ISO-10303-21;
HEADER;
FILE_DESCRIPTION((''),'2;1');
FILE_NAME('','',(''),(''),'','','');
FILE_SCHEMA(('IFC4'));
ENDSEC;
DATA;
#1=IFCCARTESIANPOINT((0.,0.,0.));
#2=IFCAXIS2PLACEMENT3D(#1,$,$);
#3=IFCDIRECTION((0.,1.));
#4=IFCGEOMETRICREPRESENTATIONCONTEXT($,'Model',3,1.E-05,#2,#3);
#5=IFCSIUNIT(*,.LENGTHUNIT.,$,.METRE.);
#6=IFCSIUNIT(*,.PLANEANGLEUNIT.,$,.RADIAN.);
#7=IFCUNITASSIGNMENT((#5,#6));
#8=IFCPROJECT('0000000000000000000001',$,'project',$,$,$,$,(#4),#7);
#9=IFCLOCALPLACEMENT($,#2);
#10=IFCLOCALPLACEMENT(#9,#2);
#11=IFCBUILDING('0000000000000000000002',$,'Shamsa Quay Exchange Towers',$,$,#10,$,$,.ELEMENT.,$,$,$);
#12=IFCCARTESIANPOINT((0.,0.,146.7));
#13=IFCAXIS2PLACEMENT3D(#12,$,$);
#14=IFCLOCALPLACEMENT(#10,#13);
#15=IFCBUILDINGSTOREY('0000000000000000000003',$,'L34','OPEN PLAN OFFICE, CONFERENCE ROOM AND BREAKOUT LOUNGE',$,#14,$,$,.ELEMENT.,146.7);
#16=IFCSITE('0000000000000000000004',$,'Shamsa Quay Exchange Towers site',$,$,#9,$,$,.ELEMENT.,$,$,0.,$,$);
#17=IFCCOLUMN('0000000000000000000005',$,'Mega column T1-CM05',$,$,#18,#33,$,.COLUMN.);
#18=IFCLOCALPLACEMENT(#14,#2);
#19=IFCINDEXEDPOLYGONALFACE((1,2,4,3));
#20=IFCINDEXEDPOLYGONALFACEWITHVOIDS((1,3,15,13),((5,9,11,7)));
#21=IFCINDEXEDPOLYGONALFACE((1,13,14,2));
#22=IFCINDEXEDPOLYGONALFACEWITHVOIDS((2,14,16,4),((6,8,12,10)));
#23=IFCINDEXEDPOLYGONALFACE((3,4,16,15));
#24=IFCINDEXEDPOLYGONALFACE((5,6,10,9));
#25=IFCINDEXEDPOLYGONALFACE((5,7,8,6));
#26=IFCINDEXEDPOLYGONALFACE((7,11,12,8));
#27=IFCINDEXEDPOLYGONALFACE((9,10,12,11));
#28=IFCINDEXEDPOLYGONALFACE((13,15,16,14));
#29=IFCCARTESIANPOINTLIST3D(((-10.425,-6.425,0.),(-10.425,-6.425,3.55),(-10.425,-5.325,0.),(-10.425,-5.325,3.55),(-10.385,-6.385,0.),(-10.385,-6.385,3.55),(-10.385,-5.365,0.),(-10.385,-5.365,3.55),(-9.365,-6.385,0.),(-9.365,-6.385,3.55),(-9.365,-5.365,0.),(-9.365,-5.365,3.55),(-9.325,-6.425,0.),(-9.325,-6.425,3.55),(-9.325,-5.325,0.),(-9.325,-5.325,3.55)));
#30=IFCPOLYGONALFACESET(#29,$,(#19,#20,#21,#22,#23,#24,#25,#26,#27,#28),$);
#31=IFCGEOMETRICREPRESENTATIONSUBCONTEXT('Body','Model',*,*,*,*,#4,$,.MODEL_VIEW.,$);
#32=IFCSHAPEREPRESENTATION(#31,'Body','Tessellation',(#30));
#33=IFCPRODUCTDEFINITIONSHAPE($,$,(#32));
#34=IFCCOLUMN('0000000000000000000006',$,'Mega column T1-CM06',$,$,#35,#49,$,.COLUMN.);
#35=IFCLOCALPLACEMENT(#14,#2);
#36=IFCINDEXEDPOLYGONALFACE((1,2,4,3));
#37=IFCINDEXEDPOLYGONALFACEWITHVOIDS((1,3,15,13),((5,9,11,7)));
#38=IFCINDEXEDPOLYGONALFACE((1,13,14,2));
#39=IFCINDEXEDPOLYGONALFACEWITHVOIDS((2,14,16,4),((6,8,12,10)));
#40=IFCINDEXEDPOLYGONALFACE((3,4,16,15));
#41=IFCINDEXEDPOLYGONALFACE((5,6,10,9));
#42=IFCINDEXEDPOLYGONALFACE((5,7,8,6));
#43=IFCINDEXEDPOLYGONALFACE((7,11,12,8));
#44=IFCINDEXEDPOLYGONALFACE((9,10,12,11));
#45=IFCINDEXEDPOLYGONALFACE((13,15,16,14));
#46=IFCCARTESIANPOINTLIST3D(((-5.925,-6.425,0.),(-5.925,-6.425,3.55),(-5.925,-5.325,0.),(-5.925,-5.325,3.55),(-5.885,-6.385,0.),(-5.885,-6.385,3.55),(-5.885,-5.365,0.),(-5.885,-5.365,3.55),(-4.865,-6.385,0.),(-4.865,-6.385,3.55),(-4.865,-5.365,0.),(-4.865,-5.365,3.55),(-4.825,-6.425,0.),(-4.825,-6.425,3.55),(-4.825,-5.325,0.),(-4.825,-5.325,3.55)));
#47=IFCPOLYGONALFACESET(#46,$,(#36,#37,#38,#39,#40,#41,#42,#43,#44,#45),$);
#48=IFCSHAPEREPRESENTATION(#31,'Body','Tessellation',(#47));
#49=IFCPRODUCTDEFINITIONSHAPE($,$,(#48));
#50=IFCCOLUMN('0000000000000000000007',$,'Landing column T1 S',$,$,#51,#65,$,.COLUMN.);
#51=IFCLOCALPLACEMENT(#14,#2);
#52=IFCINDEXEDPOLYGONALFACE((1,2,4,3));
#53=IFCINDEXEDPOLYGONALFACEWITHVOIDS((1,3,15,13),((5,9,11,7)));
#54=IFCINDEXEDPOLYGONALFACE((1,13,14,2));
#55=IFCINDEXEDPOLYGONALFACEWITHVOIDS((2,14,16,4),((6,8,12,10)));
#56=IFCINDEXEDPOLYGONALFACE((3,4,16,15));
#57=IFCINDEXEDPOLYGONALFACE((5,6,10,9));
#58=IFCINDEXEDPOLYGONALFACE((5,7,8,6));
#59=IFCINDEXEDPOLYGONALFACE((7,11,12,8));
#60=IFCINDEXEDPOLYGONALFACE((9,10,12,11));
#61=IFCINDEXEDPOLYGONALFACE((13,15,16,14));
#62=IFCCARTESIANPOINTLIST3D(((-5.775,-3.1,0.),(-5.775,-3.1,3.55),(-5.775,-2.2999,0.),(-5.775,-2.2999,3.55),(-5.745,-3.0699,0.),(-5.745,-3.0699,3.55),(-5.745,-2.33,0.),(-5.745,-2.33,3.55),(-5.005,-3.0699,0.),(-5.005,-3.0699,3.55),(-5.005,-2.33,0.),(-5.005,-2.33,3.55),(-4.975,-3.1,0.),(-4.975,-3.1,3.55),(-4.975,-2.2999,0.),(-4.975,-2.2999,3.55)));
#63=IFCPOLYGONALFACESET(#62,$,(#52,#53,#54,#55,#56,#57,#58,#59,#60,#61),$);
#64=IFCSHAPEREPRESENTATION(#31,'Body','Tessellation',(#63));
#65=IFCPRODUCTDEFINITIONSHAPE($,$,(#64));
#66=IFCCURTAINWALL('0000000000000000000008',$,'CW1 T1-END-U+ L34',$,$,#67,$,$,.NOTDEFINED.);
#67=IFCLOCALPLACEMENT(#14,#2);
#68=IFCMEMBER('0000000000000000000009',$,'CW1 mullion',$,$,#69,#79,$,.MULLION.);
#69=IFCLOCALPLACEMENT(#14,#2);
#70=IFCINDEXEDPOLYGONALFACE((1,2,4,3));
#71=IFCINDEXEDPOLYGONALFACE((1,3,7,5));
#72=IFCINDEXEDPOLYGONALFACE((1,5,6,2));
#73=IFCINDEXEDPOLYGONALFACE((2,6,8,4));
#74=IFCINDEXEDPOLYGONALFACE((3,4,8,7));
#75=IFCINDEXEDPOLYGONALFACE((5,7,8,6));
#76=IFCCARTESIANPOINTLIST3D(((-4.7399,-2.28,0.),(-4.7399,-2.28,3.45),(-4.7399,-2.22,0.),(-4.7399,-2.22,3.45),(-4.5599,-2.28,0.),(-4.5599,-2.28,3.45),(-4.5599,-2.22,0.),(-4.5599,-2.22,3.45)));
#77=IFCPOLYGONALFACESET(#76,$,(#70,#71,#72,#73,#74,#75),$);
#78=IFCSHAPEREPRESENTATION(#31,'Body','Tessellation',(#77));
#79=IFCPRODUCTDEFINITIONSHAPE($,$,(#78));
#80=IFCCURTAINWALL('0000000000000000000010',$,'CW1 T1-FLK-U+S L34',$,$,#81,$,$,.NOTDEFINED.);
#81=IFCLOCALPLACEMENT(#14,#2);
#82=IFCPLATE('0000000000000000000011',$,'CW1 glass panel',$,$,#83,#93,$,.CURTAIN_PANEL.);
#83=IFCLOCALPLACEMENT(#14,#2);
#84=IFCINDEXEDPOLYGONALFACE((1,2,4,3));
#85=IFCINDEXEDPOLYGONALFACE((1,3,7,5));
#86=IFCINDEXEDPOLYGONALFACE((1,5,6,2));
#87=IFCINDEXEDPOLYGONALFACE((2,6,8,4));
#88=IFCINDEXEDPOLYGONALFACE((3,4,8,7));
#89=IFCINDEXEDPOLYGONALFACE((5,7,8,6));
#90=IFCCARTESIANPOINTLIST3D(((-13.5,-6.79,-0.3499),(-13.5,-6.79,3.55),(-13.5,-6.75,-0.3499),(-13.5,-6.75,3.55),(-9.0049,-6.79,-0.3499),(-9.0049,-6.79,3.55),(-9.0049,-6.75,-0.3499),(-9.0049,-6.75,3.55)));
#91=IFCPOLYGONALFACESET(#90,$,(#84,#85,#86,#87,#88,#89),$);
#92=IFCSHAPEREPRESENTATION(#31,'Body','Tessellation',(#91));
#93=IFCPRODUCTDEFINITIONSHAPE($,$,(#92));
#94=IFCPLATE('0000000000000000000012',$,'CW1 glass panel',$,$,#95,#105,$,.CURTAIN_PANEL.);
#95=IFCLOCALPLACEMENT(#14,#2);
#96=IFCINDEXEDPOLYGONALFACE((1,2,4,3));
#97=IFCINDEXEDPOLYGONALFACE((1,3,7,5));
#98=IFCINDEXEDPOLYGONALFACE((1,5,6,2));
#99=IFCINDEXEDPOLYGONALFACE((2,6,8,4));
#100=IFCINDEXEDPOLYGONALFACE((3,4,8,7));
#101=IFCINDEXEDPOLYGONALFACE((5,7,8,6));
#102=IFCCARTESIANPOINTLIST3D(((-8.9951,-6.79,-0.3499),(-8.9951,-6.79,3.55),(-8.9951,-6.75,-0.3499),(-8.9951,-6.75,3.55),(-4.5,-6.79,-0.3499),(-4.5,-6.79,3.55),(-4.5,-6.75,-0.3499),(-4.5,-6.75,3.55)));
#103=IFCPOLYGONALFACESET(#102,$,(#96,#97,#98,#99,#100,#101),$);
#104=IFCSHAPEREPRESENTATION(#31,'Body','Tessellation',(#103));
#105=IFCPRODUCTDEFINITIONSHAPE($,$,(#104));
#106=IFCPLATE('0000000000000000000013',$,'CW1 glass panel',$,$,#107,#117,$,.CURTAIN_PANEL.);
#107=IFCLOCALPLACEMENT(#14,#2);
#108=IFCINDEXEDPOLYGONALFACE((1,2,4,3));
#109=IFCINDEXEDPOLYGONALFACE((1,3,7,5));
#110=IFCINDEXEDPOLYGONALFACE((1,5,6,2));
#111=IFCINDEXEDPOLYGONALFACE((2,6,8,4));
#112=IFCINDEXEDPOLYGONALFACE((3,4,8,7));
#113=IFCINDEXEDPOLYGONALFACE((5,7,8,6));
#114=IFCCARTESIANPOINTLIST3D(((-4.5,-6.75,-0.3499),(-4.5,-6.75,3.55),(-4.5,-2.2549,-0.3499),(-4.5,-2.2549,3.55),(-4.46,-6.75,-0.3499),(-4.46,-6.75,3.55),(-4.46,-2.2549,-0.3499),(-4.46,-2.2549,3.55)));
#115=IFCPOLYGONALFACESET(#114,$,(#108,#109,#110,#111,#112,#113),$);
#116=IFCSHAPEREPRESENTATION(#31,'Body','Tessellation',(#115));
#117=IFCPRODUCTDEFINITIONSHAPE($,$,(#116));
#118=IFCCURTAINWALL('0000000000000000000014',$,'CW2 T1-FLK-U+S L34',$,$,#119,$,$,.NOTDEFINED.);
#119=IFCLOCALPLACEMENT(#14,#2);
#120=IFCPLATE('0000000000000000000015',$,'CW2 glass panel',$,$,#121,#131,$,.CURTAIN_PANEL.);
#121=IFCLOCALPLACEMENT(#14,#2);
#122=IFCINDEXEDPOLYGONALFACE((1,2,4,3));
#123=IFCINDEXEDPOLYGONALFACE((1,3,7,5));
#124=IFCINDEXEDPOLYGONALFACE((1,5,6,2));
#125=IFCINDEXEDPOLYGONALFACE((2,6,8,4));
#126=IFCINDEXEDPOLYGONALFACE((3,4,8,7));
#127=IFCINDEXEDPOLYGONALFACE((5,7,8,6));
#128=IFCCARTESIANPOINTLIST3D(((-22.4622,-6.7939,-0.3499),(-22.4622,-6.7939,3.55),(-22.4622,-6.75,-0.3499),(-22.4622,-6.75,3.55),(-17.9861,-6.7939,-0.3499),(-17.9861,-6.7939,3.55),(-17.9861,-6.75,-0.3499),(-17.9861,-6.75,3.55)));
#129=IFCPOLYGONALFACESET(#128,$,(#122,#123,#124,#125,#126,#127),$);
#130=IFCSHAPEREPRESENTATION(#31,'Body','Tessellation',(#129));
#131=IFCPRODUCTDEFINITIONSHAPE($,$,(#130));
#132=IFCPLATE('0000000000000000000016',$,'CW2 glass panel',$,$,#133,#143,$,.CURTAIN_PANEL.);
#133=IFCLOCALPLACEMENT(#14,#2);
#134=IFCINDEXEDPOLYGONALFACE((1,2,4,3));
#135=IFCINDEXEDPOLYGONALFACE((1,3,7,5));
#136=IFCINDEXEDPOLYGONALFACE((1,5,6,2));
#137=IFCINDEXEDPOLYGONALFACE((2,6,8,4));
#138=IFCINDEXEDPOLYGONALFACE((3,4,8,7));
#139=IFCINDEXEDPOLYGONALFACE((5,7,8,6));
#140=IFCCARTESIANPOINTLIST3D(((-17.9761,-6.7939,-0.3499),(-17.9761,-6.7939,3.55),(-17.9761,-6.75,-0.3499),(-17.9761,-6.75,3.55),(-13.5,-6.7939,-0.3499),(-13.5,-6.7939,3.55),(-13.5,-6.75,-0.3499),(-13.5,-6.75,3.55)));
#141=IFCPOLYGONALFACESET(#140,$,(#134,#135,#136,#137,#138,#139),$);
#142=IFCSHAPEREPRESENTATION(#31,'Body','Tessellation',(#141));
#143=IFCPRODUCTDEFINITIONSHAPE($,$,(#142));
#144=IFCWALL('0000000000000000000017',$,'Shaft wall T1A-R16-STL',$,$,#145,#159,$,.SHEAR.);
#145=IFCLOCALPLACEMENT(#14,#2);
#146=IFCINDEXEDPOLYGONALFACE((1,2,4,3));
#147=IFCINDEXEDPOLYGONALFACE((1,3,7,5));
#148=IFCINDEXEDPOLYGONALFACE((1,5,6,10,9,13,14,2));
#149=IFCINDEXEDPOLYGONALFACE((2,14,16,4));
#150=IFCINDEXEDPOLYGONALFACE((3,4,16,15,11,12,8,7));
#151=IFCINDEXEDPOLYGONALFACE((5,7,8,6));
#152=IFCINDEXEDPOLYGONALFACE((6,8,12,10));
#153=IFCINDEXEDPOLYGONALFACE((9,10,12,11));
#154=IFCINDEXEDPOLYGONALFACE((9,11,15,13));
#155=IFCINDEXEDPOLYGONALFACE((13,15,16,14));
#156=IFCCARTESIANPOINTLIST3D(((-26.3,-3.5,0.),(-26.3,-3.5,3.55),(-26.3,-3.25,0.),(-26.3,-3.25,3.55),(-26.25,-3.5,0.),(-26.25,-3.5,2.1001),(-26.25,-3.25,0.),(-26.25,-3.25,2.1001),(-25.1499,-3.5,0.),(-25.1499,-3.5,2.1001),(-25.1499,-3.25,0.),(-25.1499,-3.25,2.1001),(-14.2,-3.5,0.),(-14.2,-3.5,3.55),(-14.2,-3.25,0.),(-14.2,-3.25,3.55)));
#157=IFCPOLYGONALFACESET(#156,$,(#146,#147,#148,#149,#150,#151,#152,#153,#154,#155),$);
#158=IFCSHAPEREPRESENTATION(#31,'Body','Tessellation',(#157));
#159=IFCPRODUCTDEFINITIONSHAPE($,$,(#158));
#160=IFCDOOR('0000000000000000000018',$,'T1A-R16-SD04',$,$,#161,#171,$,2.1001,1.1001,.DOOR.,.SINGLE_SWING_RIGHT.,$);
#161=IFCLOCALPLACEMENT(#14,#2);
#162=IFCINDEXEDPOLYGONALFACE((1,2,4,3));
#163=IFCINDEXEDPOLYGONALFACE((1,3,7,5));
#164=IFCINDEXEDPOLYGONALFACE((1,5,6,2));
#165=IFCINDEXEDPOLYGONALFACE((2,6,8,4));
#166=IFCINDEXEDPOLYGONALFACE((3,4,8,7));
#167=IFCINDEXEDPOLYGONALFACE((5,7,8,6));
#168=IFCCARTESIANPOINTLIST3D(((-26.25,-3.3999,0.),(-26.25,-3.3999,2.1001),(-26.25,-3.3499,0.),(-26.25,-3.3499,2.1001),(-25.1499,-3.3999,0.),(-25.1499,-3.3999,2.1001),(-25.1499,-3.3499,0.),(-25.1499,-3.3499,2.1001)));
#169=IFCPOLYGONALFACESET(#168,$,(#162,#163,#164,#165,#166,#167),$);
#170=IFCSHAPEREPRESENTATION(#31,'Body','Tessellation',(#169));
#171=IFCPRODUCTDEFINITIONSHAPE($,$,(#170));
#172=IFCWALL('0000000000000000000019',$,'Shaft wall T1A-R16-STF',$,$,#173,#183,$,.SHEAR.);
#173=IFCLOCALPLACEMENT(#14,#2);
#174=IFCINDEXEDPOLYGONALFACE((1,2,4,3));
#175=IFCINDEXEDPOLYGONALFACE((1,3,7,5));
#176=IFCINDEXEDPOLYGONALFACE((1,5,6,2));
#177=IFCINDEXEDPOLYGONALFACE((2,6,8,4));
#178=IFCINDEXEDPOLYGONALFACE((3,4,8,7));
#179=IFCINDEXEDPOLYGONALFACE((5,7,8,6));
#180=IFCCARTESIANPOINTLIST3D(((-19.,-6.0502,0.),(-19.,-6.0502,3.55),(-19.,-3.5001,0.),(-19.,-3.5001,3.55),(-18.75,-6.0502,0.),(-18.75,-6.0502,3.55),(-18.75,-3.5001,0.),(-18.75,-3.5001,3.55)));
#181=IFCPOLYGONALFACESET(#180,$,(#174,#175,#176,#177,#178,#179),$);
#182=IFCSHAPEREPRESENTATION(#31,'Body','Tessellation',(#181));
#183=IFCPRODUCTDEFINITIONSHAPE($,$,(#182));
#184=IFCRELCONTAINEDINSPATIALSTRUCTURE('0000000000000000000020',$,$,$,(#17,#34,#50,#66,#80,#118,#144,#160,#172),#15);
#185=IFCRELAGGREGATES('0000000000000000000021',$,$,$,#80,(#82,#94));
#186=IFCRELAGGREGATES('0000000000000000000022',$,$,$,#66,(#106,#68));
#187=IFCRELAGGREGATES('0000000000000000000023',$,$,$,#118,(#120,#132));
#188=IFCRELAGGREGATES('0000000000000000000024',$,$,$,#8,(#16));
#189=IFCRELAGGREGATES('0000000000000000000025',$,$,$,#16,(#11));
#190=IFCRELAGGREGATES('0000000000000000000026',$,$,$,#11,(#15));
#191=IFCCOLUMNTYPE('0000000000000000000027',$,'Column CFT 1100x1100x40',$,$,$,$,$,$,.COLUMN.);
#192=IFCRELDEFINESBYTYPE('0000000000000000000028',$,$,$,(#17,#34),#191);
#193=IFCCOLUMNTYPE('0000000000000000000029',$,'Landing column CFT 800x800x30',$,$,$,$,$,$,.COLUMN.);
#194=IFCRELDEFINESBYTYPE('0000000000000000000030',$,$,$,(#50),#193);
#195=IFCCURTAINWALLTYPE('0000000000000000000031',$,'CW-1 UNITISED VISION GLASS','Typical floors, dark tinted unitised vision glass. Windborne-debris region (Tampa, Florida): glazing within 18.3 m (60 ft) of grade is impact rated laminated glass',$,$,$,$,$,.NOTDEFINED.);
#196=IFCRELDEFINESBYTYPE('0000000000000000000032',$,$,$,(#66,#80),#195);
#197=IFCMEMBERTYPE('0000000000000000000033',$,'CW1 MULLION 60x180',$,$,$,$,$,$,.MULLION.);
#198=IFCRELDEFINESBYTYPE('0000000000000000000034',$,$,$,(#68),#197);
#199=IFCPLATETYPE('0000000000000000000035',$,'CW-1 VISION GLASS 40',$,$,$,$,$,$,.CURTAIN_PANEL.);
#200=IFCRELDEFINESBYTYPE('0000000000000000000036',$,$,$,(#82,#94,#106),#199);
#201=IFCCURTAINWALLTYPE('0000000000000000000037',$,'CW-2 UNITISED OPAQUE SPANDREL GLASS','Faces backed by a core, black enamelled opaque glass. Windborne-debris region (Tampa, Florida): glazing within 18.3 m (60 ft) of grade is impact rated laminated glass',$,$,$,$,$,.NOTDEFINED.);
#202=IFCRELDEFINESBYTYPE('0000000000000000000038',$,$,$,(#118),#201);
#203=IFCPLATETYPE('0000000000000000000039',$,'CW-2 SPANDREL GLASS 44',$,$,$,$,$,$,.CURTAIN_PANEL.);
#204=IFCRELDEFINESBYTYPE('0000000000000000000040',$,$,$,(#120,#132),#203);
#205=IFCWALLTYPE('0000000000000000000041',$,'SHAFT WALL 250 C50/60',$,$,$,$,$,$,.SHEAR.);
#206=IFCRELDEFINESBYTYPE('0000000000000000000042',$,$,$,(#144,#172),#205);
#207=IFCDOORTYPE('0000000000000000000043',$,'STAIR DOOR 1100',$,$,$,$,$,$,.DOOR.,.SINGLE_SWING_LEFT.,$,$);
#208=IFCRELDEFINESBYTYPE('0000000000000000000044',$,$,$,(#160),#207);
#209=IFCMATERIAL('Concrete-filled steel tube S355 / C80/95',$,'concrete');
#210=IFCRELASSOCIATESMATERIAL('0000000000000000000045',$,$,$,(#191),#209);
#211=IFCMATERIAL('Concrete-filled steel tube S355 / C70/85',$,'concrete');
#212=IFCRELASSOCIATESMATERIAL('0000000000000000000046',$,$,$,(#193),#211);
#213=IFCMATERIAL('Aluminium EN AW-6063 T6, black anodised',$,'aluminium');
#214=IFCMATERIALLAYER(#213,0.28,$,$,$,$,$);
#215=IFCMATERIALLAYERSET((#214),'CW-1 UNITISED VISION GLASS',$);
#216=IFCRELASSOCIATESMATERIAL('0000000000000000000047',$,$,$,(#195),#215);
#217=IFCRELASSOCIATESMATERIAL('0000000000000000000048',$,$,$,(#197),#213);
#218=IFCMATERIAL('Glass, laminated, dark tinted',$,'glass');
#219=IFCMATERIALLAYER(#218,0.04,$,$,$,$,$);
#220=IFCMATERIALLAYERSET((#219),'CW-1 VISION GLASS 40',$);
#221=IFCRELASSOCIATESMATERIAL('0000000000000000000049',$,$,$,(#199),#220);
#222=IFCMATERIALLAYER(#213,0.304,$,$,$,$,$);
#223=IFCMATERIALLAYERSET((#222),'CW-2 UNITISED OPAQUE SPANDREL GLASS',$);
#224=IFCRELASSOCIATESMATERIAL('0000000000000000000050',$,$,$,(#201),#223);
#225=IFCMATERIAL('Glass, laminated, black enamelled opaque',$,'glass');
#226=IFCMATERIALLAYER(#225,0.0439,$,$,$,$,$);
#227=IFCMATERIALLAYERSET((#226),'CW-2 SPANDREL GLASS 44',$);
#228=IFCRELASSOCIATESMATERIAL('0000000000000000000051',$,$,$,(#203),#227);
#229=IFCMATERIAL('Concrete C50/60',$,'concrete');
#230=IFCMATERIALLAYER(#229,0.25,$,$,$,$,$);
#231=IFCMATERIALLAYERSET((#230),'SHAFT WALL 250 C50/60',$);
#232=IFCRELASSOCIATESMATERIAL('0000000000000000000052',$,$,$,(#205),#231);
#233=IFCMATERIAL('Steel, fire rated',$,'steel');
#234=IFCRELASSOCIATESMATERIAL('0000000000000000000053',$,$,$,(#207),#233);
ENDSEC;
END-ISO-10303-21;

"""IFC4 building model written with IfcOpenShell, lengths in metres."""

from ifc_helpers import new_model, si_unit, direction, frame, frame_2d, origin, origin_2d, place, context, subcontext, project, spatial, rectangle, hollow_rectangle, extrude, material, layer, layer_set, material_profile, profile_set, type_object, element, fill, aggregate, save


model = new_model("IFC4")

# Units and contexts
model_context = context("Model", 3, precision=1e-05, world=origin(), true_north=direction((0.0, 1.0)))
body_context = subcontext(model_context, "Body", "Model", "MODEL_VIEW")
ifc_project = project(units=[si_unit("LENGTHUNIT", "METRE"), si_unit("PLANEANGLEUNIT", "RADIAN")], contexts=[model_context])

# Site, building, storey
site_placement = place(None, origin())
site = spatial("IfcSite", under=ifc_project, at=site_placement, Name="Shamsa Quay Exchange Towers site", CompositionType="ELEMENT", RefElevation=0.0)
building_placement = place(site_placement, origin())
building = spatial("IfcBuilding", under=site, at=building_placement, Name="Shamsa Quay Exchange Towers", CompositionType="ELEMENT")
storey_placement = place(building_placement, frame((0.0, 0.0, 146.7)))
storey = spatial("IfcBuildingStorey", under=building, at=storey_placement, Name="L34", Description="OPEN PLAN OFFICE, CONFERENCE ROOM AND BREAKOUT LOUNGE", CompositionType="ELEMENT", Elevation=146.7)

# Columns
ifc_material_1 = material(Name="Concrete-filled steel tube S355 / C80/95", Category="concrete")
ifc_material_profile_1 = material_profile(ifc_material_1, hollow_rectangle(XDim=1.1001, YDim=1.1001, WallThickness=0.04, at=origin_2d()), Name="CFT 1100x1100x40")
ifc_profile_set_1 = profile_set([ifc_material_profile_1], Name="Concrete-filled steel tube S355 / C80/95")
column_type_1 = type_object("IfcColumnType", Name="Column CFT 1100x1100x40", PredefinedType="COLUMN", material=ifc_profile_set_1)
for number, where, name in (
    (1, (-9.875, -5.875, 0.0), "Mega column T1-CM05"),
    (2, (-5.375, -5.875, 0.0), "Mega column T1-CM06"),
):
    element("IfcColumn", number, at=place(storey_placement, frame(where)), inside=storey, type_object=column_type_1, Name=name, PredefinedType="COLUMN", context=body_context, shape_type="SweptSolid", body=[
        extrude(hollow_rectangle(XDim=1.1001, YDim=1.1001, WallThickness=0.04, at=origin_2d()), origin(), (0.0, 0.0, 1.0), 3.55),
    ])
ifc_material_2 = material(Name="Concrete-filled steel tube S355 / C70/85", Category="concrete")
ifc_material_profile_2 = material_profile(ifc_material_2, hollow_rectangle(XDim=0.8, YDim=0.8, WallThickness=0.03, at=origin_2d()), Name="CFT 800x800x30")
ifc_profile_set_2 = profile_set([ifc_material_profile_2], Name="Concrete-filled steel tube S355 / C70/85")
column_type_2 = type_object("IfcColumnType", Name="Landing column CFT 800x800x30", PredefinedType="COLUMN", material=ifc_profile_set_2)
column_placement = place(storey_placement, frame((-5.375, -2.7, 0.0)))
element("IfcColumn", 3, at=column_placement, inside=storey, type_object=column_type_2, Name="Landing column T1 S", PredefinedType="COLUMN", context=body_context, shape_type="SweptSolid", body=[
    extrude(hollow_rectangle(XDim=0.8, YDim=0.8, WallThickness=0.03, at=origin_2d()), origin(), (0.0, 0.0, 1.0), 3.55),
])

# Curtain wall, member
ifc_material_3 = material(Name="Aluminium EN AW-6063 T6, black anodised", Category="aluminium")
ifc_layer_1 = layer(ifc_material_3, 0.28)
ifc_layer_set_1 = layer_set([ifc_layer_1], Name="CW-1 UNITISED VISION GLASS")
curtain_wall_type_1 = type_object("IfcCurtainWallType", Name="CW-1 UNITISED VISION GLASS", Description="Typical floors, dark tinted unitised vision glass. Windborne-debris region (Tampa, Florida): glazing within 18.3 m (60 ft) of grade is impact rated laminated glass", PredefinedType="NOTDEFINED", material=ifc_layer_set_1)
curtain_wall_1_placement = place(storey_placement, origin())
curtain_wall_1 = element("IfcCurtainWall", 4, at=curtain_wall_1_placement, inside=storey, type_object=curtain_wall_type_1, Name="CW1 T1-END-U+ L34", PredefinedType="NOTDEFINED")
ifc_material_profile_3 = material_profile(ifc_material_3, rectangle(XDim=0.1799, YDim=0.0601, at=origin_2d()), Name="MU60x180")
ifc_profile_set_3 = profile_set([ifc_material_profile_3], Name="Aluminium EN AW-6063 T6, black anodised")
member_type = type_object("IfcMemberType", Name="CW1 MULLION 60x180", PredefinedType="MULLION", material=ifc_profile_set_3)
member_placement = place(storey_placement, frame((-4.6499, -2.25, 0.0), z_axis=(0.0, 0.0, 1.0), x_axis=(-1.0, 0.0, 0.0)))
member = element("IfcMember", 5, at=member_placement, type_object=member_type, Name="CW1 mullion", PredefinedType="MULLION", context=body_context, shape_type="SweptSolid", body=[
    extrude(rectangle(XDim=0.1799, YDim=0.0601, at=origin_2d()), origin(), (0.0, 0.0, 1.0), 3.45),
])

# Curtain wall, plates
curtain_wall_2_placement = place(storey_placement, origin())
curtain_wall_2 = element("IfcCurtainWall", 6, at=curtain_wall_2_placement, inside=storey, type_object=curtain_wall_type_1, Name="CW1 T1-FLK-U+S L34", PredefinedType="NOTDEFINED")
ifc_material_4 = material(Name="Glass, laminated, dark tinted", Category="glass")
ifc_layer_2 = layer(ifc_material_4, 0.04)
ifc_layer_set_2 = layer_set([ifc_layer_2], Name="CW-1 VISION GLASS 40")
plate_type_1 = type_object("IfcPlateType", Name="CW-1 VISION GLASS 40", PredefinedType="CURTAIN_PANEL", material=ifc_layer_set_2)
plate_1_placement = place(storey_placement, frame((-11.2524, -6.77, -0.3499)))
plate_1 = element("IfcPlate", 7, at=plate_1_placement, type_object=plate_type_1, Name="CW1 glass panel", PredefinedType="CURTAIN_PANEL", context=body_context, shape_type="SweptSolid", body=[
    extrude(rectangle(XDim=4.4951, YDim=0.04, at=origin_2d()), origin(), (0.0, 0.0, 1.0), 3.8999),
])
plate_2_placement = place(storey_placement, frame((-6.7476, -6.77, -0.3499)))
plate_2 = element("IfcPlate", 8, at=plate_2_placement, type_object=plate_type_1, Name="CW1 glass panel", PredefinedType="CURTAIN_PANEL", context=body_context, shape_type="SweptSolid", body=[
    extrude(rectangle(XDim=4.4951, YDim=0.04, at=origin_2d()), origin(), (0.0, 0.0, 1.0), 3.8999),
])
aggregate(curtain_wall_2, [plate_1, plate_2])

# Plate
plate_3_placement = place(storey_placement, frame((-4.48, -4.5024, -0.3499), z_axis=(0.0, 0.0, 1.0), x_axis=(0.0, 1.0, 0.0)))
plate_3 = element("IfcPlate", 9, at=plate_3_placement, type_object=plate_type_1, Name="CW1 glass panel", PredefinedType="CURTAIN_PANEL", context=body_context, shape_type="SweptSolid", body=[
    extrude(rectangle(XDim=4.4951, YDim=0.04, at=origin_2d()), origin(), (0.0, 0.0, 1.0), 3.8999),
])
aggregate(curtain_wall_1, [plate_3, member])

# Curtain wall, plates
ifc_layer_3 = layer(ifc_material_3, 0.304)
ifc_layer_set_3 = layer_set([ifc_layer_3], Name="CW-2 UNITISED OPAQUE SPANDREL GLASS")
curtain_wall_type_2 = type_object("IfcCurtainWallType", Name="CW-2 UNITISED OPAQUE SPANDREL GLASS", Description="Faces backed by a core, black enamelled opaque glass. Windborne-debris region (Tampa, Florida): glazing within 18.3 m (60 ft) of grade is impact rated laminated glass", PredefinedType="NOTDEFINED", material=ifc_layer_set_3)
curtain_wall_3_placement = place(storey_placement, origin())
curtain_wall_3 = element("IfcCurtainWall", 10, at=curtain_wall_3_placement, inside=storey, type_object=curtain_wall_type_2, Name="CW2 T1-FLK-U+S L34", PredefinedType="NOTDEFINED")
ifc_material_5 = material(Name="Glass, laminated, black enamelled opaque", Category="glass")
ifc_layer_4 = layer(ifc_material_5, 0.0439)
ifc_layer_set_4 = layer_set([ifc_layer_4], Name="CW-2 SPANDREL GLASS 44")
plate_type_2 = type_object("IfcPlateType", Name="CW-2 SPANDREL GLASS 44", PredefinedType="CURTAIN_PANEL", material=ifc_layer_set_4)
plate_4_placement = place(storey_placement, frame((-20.2241, -6.772, -0.3499)))
plate_4 = element("IfcPlate", 11, at=plate_4_placement, type_object=plate_type_2, Name="CW2 glass panel", PredefinedType="CURTAIN_PANEL", context=body_context, shape_type="SweptSolid", body=[
    extrude(rectangle(XDim=4.4761, YDim=0.0439, at=origin_2d()), origin(), (0.0, 0.0, 1.0), 3.8999),
])
plate_5_placement = place(storey_placement, frame((-15.738, -6.772, -0.3499)))
plate_5 = element("IfcPlate", 12, at=plate_5_placement, type_object=plate_type_2, Name="CW2 glass panel", PredefinedType="CURTAIN_PANEL", context=body_context, shape_type="SweptSolid", body=[
    extrude(rectangle(XDim=4.4761, YDim=0.0439, at=origin_2d()), origin(), (0.0, 0.0, 1.0), 3.8999),
])
aggregate(curtain_wall_3, [plate_4, plate_5])

# Wall, opening, door
ifc_material_6 = material(Name="Concrete C50/60", Category="concrete")
ifc_layer_5 = layer(ifc_material_6, 0.25)
ifc_layer_set_5 = layer_set([ifc_layer_5], Name="SHAFT WALL 250 C50/60")
wall_type = type_object("IfcWallType", Name="SHAFT WALL 250 C50/60", PredefinedType="SHEAR", material=ifc_layer_set_5)
wall_1_placement = place(storey_placement, frame((-14.2, -3.375, 0.0), z_axis=(0.0, 0.0, 1.0), x_axis=(-1.0, 0.0, 0.0)))
wall_1 = element("IfcWall", 13, at=wall_1_placement, inside=storey, type_object=wall_type, Name="Shaft wall T1A-R16-STL", PredefinedType="SHEAR", context=body_context, shape_type="SweptSolid", body=[
    extrude(rectangle(XDim=12.1001, YDim=0.25, at=frame_2d((6.05, 0.0))), origin(), (0.0, 0.0, 1.0), 3.55),
])
opening_1_placement = place(wall_1_placement, frame((10.95, 0.0, 0.0)))
opening_1 = element("IfcOpeningElement", 14, at=opening_1_placement, cuts=wall_1, PredefinedType="OPENING", context=body_context, shape_type="SweptSolid", body=[
    extrude(rectangle(XDim=1.1001, YDim=2.1001, at=frame_2d((0.55, 1.05))), frame((0.0, 0.135, 0.0), z_axis=(0.0, -1.0, 0.0), x_axis=(1.0, 0.0, 0.0)), (0.0, 0.0, 1.0), 0.27),
])
ifc_material_7 = material(Name="Steel, fire rated", Category="steel")
door_type_1 = type_object("IfcDoorType", Name="STAIR DOOR 1100", OperationType="SINGLE_SWING_LEFT", PredefinedType="DOOR", material=ifc_material_7)
door_1_placement = place(opening_1_placement, origin())
door_1 = element("IfcDoor", 15, at=door_1_placement, inside=storey, type_object=door_type_1, Name="T1A-R16-SD04", OperationType="SINGLE_SWING_RIGHT", OverallHeight=2.1001, OverallWidth=1.1001, PredefinedType="DOOR", context=body_context, shape_type="SweptSolid", body=[
    extrude(rectangle(XDim=1.1001, YDim=2.1001, at=frame_2d((0.55, 1.05))), frame((0.0, 0.0249, 0.0), z_axis=(0.0, -1.0, 0.0), x_axis=(1.0, 0.0, 0.0)), (0.0, 0.0, 1.0), 0.05),
])
fill(opening_1, door_1)

# Wall
wall_2_placement = place(storey_placement, frame((-18.875, -6.05, 0.0), z_axis=(0.0, 0.0, 1.0), x_axis=(0.0, 1.0, 0.0)))
element("IfcWall", 16, at=wall_2_placement, inside=storey, type_object=wall_type, Name="Shaft wall T1A-R16-STF", PredefinedType="SHEAR", context=body_context, shape_type="SweptSolid", body=[
    extrude(rectangle(XDim=2.55, YDim=0.25, at=frame_2d((1.2749, 0.0))), origin(), (0.0, 0.0, 1.0), 3.55),
])

save(model, "model.ifc")
